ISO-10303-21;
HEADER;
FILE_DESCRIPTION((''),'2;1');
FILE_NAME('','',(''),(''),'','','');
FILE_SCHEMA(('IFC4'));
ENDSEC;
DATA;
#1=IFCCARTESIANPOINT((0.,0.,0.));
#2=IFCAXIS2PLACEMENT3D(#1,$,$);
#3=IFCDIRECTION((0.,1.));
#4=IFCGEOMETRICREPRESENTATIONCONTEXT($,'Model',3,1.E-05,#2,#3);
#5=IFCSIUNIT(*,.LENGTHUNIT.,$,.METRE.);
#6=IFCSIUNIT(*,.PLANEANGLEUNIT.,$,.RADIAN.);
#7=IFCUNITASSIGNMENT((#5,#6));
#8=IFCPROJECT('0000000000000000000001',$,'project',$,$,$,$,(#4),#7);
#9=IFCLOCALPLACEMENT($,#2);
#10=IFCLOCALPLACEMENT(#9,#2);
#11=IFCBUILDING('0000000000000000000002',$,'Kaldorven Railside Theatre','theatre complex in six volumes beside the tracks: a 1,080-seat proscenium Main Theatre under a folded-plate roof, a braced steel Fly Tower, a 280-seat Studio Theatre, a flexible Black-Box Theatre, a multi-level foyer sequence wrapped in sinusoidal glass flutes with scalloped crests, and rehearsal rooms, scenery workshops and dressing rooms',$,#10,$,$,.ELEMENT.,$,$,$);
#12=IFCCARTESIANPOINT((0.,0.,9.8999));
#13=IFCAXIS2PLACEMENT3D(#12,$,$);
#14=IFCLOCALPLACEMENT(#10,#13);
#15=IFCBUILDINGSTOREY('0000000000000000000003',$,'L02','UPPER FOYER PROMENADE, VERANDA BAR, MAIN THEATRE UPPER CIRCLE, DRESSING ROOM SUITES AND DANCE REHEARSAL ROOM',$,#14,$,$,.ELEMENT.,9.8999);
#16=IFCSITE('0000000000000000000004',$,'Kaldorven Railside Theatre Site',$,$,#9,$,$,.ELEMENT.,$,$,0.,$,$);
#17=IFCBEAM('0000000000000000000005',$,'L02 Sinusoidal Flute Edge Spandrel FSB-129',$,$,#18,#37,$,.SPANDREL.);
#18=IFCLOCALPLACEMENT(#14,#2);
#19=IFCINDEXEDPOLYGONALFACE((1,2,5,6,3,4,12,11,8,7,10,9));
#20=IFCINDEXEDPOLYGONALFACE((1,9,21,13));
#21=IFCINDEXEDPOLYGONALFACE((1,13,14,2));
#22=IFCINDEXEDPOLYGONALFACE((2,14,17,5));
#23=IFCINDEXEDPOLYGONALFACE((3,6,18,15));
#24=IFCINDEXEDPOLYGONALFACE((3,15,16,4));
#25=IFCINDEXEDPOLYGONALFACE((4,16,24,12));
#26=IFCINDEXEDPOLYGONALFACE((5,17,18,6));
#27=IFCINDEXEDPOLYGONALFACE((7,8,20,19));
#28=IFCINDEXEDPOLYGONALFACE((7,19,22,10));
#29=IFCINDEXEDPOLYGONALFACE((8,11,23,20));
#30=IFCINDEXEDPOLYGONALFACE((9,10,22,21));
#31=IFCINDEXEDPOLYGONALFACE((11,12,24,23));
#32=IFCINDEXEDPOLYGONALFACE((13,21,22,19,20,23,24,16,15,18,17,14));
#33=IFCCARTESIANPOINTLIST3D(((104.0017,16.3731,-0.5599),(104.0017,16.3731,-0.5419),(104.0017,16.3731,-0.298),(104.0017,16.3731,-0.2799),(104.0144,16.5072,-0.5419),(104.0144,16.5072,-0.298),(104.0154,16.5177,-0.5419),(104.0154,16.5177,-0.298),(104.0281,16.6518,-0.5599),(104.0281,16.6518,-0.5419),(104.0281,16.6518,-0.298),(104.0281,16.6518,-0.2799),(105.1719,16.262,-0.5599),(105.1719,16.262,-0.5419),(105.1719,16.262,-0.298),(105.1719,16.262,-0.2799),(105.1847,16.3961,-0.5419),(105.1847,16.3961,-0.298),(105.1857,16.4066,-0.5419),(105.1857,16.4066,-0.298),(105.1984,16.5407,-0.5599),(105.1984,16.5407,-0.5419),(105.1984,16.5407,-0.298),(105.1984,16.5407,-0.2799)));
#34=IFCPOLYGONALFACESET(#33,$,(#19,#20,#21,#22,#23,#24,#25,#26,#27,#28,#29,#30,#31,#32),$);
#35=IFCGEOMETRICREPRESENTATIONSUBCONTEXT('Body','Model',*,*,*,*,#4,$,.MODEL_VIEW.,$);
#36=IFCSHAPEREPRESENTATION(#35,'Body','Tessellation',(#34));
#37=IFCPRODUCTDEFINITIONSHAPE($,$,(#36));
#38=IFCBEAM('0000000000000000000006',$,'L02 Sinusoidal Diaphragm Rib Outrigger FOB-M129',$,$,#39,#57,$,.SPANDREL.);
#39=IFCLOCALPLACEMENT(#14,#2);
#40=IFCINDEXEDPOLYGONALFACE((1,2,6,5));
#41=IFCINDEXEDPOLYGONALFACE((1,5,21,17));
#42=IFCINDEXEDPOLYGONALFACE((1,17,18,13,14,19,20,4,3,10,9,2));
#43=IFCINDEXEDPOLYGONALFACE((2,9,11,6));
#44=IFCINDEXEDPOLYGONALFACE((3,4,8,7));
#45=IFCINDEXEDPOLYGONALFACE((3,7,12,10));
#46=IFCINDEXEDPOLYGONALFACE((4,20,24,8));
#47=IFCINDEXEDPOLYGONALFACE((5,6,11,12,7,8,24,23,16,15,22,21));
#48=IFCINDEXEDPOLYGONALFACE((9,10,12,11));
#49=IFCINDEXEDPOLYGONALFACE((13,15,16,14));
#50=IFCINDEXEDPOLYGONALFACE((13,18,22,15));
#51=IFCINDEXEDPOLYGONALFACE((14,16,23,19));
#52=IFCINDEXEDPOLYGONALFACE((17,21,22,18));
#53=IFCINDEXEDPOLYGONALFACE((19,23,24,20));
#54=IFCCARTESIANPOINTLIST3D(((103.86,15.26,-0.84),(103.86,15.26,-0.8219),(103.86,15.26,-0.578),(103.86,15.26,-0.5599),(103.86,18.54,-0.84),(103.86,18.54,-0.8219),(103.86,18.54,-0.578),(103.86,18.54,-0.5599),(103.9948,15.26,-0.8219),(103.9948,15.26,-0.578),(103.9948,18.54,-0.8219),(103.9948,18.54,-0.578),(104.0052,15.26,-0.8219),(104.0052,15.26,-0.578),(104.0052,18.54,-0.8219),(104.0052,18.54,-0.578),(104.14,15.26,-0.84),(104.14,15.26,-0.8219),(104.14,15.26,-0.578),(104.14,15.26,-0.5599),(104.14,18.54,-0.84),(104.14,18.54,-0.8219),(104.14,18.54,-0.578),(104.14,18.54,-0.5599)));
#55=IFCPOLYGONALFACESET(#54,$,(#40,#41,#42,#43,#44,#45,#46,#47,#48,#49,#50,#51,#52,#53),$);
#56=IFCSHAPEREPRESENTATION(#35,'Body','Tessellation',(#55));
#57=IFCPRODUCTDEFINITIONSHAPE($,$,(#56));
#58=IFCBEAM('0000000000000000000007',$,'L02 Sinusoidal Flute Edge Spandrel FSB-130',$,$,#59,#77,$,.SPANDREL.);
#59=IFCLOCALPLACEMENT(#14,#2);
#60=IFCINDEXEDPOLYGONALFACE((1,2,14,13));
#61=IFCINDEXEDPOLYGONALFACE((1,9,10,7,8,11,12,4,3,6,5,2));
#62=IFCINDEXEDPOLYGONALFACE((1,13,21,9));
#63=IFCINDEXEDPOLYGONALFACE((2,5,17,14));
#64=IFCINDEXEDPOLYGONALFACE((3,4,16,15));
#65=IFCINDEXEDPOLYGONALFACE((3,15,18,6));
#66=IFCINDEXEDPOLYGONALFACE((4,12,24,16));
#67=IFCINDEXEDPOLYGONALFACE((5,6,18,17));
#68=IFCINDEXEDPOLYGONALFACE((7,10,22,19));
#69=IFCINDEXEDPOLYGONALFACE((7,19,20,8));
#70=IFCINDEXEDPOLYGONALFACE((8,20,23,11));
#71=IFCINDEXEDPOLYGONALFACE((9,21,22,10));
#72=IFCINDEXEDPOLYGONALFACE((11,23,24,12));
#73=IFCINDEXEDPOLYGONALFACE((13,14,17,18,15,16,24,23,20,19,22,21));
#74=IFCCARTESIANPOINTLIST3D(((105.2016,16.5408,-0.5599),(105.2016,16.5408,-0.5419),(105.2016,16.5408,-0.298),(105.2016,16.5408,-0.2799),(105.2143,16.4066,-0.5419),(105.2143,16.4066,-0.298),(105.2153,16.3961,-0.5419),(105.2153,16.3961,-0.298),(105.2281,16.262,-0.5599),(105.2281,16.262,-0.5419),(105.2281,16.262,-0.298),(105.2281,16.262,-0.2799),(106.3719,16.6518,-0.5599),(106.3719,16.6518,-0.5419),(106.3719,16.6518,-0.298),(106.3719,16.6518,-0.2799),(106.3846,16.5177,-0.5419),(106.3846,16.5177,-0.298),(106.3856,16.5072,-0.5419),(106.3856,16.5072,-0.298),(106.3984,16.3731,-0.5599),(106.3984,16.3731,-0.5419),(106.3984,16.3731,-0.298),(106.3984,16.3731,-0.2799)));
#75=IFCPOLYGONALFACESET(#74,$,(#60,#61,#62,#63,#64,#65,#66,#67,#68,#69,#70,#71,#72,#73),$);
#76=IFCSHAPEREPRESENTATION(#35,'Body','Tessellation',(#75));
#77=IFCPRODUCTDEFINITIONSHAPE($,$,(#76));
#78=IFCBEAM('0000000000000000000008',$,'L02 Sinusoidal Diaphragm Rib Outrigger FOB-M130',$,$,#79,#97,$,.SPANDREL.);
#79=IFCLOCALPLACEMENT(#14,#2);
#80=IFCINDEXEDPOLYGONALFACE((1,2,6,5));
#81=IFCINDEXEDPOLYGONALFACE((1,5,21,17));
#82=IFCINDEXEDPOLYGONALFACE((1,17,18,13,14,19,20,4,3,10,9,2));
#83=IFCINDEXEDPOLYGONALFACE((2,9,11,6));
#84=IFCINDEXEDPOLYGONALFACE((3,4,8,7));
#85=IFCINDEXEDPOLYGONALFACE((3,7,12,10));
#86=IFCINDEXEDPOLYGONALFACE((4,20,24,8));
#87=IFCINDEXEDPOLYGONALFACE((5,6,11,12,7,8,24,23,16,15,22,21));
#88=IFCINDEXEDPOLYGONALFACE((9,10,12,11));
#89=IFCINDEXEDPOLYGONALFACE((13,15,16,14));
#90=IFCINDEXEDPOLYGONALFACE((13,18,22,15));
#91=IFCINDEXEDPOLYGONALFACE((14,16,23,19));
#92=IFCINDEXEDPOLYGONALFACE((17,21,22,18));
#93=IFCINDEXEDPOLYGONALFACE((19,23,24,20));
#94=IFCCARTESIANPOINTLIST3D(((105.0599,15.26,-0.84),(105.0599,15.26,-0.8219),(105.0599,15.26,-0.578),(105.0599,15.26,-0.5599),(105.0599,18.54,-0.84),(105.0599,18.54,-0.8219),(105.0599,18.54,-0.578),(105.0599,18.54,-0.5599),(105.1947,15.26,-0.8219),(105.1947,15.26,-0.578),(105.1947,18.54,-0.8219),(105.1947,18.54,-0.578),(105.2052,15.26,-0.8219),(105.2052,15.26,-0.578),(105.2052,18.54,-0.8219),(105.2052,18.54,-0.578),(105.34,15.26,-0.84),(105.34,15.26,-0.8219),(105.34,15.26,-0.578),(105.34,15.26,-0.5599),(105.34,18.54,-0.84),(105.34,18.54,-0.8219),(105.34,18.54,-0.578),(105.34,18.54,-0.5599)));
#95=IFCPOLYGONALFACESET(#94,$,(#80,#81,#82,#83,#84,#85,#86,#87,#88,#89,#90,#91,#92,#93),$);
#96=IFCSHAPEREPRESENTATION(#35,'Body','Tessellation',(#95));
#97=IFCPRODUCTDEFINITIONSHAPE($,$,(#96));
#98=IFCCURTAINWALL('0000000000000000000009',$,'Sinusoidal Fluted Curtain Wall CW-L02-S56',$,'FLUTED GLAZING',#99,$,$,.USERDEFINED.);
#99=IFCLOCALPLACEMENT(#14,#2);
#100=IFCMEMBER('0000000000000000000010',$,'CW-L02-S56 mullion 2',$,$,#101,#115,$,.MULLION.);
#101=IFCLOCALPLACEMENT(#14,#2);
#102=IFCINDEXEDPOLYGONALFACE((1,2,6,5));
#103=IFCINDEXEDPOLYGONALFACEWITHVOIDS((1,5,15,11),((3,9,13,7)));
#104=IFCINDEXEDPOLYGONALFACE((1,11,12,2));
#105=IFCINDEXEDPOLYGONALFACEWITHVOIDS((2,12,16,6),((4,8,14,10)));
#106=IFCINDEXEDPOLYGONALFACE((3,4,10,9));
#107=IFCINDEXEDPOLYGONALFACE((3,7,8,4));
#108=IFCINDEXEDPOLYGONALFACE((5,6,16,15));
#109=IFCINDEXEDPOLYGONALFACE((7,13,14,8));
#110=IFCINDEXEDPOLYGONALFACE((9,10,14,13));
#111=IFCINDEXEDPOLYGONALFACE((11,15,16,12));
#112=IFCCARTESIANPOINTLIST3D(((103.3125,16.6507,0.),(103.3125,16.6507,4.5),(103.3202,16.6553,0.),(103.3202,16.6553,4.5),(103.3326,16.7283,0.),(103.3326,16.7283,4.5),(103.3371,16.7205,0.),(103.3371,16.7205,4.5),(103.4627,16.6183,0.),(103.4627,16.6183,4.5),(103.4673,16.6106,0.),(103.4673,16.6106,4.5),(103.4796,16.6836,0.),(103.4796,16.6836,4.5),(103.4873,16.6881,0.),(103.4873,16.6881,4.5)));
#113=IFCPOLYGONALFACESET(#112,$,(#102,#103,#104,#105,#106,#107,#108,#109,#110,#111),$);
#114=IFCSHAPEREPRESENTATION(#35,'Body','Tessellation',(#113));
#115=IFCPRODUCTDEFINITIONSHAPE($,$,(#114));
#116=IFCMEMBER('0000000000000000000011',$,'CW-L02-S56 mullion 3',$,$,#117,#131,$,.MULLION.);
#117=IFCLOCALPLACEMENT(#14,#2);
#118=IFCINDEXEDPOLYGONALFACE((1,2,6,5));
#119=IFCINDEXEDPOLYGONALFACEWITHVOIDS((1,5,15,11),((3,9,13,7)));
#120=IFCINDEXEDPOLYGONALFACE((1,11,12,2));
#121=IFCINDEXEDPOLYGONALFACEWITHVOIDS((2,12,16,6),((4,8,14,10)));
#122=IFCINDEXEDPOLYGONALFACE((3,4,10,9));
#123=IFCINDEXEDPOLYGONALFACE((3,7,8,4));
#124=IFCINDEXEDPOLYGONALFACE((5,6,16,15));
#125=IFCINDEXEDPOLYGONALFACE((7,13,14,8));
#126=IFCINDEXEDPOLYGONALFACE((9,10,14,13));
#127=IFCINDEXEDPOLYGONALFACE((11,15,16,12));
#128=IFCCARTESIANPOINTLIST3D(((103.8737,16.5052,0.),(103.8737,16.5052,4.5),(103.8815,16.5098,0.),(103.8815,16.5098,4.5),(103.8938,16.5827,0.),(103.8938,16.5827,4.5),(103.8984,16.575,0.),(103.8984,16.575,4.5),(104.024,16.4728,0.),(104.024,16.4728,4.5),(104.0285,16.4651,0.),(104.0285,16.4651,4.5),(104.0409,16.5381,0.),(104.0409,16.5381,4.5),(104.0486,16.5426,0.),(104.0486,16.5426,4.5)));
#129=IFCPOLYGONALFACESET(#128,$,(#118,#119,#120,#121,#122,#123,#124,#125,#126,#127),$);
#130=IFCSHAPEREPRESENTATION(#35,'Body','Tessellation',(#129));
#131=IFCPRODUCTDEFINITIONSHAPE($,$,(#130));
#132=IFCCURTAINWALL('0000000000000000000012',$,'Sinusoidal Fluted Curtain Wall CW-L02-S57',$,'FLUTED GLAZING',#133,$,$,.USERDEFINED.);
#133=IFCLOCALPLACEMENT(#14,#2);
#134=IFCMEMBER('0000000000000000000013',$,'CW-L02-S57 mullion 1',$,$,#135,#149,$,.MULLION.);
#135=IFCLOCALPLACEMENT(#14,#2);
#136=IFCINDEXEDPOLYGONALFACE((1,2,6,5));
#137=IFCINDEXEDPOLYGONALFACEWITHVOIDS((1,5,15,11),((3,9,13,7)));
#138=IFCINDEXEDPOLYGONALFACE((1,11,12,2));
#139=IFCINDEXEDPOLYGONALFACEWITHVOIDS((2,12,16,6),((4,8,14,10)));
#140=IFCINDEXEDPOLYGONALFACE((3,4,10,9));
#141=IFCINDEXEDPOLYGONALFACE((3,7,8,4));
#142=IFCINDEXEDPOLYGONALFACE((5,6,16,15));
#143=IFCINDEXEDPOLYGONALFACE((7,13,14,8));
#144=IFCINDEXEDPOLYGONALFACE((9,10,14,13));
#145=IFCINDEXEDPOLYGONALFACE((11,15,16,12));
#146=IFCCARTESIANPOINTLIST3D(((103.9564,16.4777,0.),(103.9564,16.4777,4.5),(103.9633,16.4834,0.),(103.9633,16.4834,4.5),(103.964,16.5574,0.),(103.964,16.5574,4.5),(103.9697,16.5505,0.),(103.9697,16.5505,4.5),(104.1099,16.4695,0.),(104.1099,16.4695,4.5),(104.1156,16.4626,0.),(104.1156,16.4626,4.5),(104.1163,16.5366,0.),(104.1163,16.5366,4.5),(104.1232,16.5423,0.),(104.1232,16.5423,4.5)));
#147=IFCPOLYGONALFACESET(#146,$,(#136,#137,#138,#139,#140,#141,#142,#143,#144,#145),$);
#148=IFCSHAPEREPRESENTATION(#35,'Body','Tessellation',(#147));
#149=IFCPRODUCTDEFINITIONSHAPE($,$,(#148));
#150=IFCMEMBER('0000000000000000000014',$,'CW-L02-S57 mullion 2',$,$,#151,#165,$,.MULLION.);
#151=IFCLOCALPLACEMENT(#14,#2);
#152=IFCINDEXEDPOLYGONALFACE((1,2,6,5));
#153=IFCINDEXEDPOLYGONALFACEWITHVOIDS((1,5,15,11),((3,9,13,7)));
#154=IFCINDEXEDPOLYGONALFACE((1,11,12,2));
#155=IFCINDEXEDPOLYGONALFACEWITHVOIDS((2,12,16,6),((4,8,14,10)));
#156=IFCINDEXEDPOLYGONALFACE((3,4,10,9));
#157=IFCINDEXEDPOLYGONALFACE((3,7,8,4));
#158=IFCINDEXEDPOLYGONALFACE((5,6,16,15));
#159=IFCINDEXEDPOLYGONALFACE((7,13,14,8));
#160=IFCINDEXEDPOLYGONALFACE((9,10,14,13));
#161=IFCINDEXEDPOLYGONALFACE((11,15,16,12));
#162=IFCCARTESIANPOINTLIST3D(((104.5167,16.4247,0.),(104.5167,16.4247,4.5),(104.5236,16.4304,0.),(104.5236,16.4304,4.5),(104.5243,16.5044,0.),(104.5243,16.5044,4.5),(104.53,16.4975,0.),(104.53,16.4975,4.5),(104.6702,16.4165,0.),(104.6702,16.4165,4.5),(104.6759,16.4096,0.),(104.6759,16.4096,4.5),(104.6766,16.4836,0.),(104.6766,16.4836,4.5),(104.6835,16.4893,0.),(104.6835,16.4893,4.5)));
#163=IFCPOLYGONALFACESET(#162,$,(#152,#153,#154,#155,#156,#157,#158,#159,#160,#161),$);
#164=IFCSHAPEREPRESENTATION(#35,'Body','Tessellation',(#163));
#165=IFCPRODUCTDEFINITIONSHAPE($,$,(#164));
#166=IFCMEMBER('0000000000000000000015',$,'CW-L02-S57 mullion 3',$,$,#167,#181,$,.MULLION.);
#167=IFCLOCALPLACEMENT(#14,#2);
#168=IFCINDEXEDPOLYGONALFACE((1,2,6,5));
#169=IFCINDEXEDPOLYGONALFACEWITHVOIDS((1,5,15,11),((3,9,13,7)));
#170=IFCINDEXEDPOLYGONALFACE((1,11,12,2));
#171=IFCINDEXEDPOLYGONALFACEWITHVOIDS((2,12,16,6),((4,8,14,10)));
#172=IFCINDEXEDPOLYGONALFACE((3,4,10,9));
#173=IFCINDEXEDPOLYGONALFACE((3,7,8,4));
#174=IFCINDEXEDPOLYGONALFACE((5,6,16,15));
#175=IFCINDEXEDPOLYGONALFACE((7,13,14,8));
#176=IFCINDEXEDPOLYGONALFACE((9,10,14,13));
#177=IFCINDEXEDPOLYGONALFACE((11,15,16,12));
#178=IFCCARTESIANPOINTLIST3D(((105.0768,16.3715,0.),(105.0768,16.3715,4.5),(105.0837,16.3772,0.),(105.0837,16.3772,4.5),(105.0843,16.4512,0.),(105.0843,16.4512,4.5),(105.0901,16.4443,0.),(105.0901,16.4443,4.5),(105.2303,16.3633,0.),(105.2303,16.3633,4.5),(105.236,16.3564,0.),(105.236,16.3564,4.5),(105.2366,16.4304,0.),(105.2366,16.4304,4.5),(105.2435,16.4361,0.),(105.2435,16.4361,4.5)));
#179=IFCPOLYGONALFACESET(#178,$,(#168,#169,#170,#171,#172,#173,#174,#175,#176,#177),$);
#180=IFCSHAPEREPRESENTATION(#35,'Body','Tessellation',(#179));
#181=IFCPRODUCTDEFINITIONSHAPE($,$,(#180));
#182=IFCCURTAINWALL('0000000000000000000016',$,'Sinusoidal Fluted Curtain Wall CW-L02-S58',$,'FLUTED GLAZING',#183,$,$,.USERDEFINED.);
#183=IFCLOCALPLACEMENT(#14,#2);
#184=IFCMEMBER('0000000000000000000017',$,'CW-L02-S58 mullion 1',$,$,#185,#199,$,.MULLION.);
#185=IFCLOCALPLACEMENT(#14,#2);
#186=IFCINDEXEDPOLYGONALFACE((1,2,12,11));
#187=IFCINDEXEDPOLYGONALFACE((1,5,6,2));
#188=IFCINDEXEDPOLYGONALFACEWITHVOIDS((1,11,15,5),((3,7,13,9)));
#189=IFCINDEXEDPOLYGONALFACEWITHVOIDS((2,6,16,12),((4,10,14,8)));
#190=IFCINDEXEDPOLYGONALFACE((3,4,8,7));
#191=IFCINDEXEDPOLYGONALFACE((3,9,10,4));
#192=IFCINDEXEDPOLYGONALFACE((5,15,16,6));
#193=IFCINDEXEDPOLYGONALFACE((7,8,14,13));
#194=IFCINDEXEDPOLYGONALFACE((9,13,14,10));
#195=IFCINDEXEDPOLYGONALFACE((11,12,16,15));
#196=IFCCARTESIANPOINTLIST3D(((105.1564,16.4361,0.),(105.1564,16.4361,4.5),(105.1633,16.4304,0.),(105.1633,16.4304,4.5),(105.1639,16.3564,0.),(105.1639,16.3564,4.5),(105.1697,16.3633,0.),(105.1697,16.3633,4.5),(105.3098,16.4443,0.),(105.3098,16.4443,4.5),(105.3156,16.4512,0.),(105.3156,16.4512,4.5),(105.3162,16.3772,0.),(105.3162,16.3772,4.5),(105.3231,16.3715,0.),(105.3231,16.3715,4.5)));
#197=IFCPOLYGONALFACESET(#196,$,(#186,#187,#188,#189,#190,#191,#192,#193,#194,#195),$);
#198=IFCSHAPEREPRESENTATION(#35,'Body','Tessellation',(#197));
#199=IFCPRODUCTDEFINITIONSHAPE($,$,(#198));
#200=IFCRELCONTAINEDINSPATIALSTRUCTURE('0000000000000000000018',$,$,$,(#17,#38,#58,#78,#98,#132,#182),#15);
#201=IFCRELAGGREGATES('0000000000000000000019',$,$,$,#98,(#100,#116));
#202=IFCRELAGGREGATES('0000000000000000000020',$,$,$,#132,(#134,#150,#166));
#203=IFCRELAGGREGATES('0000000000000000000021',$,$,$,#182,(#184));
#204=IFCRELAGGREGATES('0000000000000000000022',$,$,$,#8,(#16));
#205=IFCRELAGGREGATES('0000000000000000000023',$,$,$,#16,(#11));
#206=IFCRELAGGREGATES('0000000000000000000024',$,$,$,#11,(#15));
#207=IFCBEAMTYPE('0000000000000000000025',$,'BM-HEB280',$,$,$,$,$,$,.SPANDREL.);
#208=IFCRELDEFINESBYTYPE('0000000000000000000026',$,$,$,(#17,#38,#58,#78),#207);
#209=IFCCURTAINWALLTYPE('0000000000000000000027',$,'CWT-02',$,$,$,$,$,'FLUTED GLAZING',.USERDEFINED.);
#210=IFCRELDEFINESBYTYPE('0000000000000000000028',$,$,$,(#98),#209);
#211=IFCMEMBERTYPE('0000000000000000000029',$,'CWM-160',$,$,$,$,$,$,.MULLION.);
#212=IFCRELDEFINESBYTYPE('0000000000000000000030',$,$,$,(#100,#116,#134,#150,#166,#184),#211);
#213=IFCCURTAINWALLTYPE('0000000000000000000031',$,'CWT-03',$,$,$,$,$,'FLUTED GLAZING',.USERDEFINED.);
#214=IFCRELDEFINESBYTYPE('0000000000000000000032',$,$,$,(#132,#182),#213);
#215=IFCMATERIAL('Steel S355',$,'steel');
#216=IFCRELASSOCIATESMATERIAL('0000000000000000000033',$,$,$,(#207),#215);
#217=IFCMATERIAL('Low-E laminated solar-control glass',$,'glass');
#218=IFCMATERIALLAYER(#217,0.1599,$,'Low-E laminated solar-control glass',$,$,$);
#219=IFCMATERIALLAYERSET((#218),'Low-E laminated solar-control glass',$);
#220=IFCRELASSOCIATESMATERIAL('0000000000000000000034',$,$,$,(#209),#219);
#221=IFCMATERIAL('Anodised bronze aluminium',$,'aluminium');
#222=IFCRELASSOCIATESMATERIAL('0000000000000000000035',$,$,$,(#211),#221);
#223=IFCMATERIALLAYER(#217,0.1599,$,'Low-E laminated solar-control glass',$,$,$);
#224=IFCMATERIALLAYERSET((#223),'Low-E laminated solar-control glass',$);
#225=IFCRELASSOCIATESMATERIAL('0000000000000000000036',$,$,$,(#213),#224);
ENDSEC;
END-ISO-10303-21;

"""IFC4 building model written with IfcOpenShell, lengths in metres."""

from ifc_helpers import new_model, si_unit, direction, frame, origin, origin_2d, place, context, subcontext, project, spatial, hollow_rectangle, i_section, extrude, material, layer, layer_set, material_profile, profile_set, type_object, element, aggregate, save


model = new_model("IFC4")

# Units and contexts
model_context = context("Model", 3, precision=1e-05, world=origin(), true_north=direction((0.0, 1.0)))
body_context = subcontext(model_context, "Body", "Model", "MODEL_VIEW")
ifc_project = project(units=[si_unit("LENGTHUNIT", "METRE"), si_unit("PLANEANGLEUNIT", "RADIAN")], contexts=[model_context])

# Site, building, storey
site_placement = place(None, origin())
site = spatial("IfcSite", under=ifc_project, at=site_placement, Name="Kaldorven Railside Theatre Site", CompositionType="ELEMENT", RefElevation=0.0)
building_placement = place(site_placement, origin())
building = spatial("IfcBuilding", under=site, at=building_placement, Name="Kaldorven Railside Theatre", Description="theatre complex in six volumes beside the tracks: a 1,080-seat proscenium Main Theatre under a folded-plate roof, a braced steel Fly Tower, a 280-seat Studio Theatre, a flexible Black-Box Theatre, a multi-level foyer sequence wrapped in sinusoidal glass flutes with scalloped crests, and rehearsal rooms, scenery workshops and dressing rooms", CompositionType="ELEMENT")
storey_placement = place(building_placement, frame((0.0, 0.0, 9.8999)))
storey = spatial("IfcBuildingStorey", under=building, at=storey_placement, Name="L02", Description="UPPER FOYER PROMENADE, VERANDA BAR, MAIN THEATRE UPPER CIRCLE, DRESSING ROOM SUITES AND DANCE REHEARSAL ROOM", CompositionType="ELEMENT", Elevation=9.8999)

# Beams
ifc_material_1 = material(Name="Steel S355", Category="steel")
ifc_material_profile_1 = material_profile(ifc_material_1, i_section(OverallWidth=0.28, OverallDepth=0.28, WebThickness=0.0105, FlangeThickness=0.0181, at=origin_2d()), Name="HEB 280")
ifc_profile_set_1 = profile_set([ifc_material_profile_1], Name="Steel S355")
beam_type = type_object("IfcBeamType", Name="BM-HEB280", PredefinedType="SPANDREL", material=ifc_profile_set_1)
beam_1_placement = place(storey_placement, frame((104.0149, 16.5125, -0.4199), z_axis=(0.995524, -0.094505, 0.0), x_axis=(0.094505, 0.995524, 0.0)))
element("IfcBeam", 1, at=beam_1_placement, inside=storey, type_object=beam_type, Name="L02 Sinusoidal Flute Edge Spandrel FSB-129", PredefinedType="SPANDREL", context=body_context, shape_type="SweptSolid", body=[
    extrude(i_section(OverallWidth=0.28, OverallDepth=0.28, WebThickness=0.0105, FlangeThickness=0.0181, at=origin_2d()), origin(), (0.0, 0.0, 1.0), 1.1755),
])
beam_2_placement = place(storey_placement, frame((104.0, 15.26, -0.7), z_axis=(0.0, 1.0, 0.0), x_axis=(-1.0, 0.0, 0.0)))
element("IfcBeam", 2, at=beam_2_placement, inside=storey, type_object=beam_type, Name="L02 Sinusoidal Diaphragm Rib Outrigger FOB-M129", PredefinedType="SPANDREL", context=body_context, shape_type="SweptSolid", body=[
    extrude(i_section(OverallWidth=0.28, OverallDepth=0.28, WebThickness=0.0105, FlangeThickness=0.0181, at=origin_2d()), origin(), (0.0, 0.0, 1.0), 3.28),
])
beam_3_placement = place(storey_placement, frame((105.2148, 16.4014, -0.4199), z_axis=(0.995524, 0.094505, 0.0), x_axis=(-0.094505, 0.995524, 0.0)))
element("IfcBeam", 3, at=beam_3_placement, inside=storey, type_object=beam_type, Name="L02 Sinusoidal Flute Edge Spandrel FSB-130", PredefinedType="SPANDREL", context=body_context, shape_type="SweptSolid", body=[
    extrude(i_section(OverallWidth=0.28, OverallDepth=0.28, WebThickness=0.0105, FlangeThickness=0.0181, at=origin_2d()), origin(), (0.0, 0.0, 1.0), 1.1755),
])
beam_4_placement = place(storey_placement, frame((105.2, 15.26, -0.7), z_axis=(0.0, 1.0, 0.0), x_axis=(-1.0, 0.0, 0.0)))
element("IfcBeam", 4, at=beam_4_placement, inside=storey, type_object=beam_type, Name="L02 Sinusoidal Diaphragm Rib Outrigger FOB-M130", PredefinedType="SPANDREL", context=body_context, shape_type="SweptSolid", body=[
    extrude(i_section(OverallWidth=0.28, OverallDepth=0.28, WebThickness=0.0105, FlangeThickness=0.0181, at=origin_2d()), origin(), (0.0, 0.0, 1.0), 3.28),
])

# Curtain walls, members
ifc_material_2 = material(Name="Low-E laminated solar-control glass", Category="glass")
ifc_layer_1 = layer(ifc_material_2, 0.1599, Name="Low-E laminated solar-control glass")
ifc_layer_set_1 = layer_set([ifc_layer_1], Name="Low-E laminated solar-control glass")
curtain_wall_type_1 = type_object("IfcCurtainWallType", Name="CWT-02", ElementType="FLUTED GLAZING", PredefinedType="USERDEFINED", material=ifc_layer_set_1)
curtain_wall_1_placement = place(storey_placement, origin())
curtain_wall_1 = element("IfcCurtainWall", 5, at=curtain_wall_1_placement, inside=storey, type_object=curtain_wall_type_1, Name="Sinusoidal Fluted Curtain Wall CW-L02-S56", ObjectType="FLUTED GLAZING", PredefinedType="USERDEFINED")
ifc_material_3 = material(Name="Anodised bronze aluminium", Category="aluminium")
ifc_material_profile_2 = material_profile(ifc_material_3, hollow_rectangle(XDim=0.0801, YDim=0.1599, WallThickness=0.0063, at=origin_2d()), Name="RHS 160x80x6.3")
ifc_profile_set_2 = profile_set([ifc_material_profile_2], Name="Anodised bronze aluminium")
member_type_1 = type_object("IfcMemberType", Name="CWM-160", PredefinedType="MULLION", material=ifc_profile_set_2)
member_1_placement = place(storey_placement, frame((103.3999, 16.6694, 0.0), z_axis=(0.0, 0.0, 1.0), x_axis=(0.250954, 0.967999, 0.0)))
member_1 = element("IfcMember", 6, at=member_1_placement, type_object=member_type_1, Name="CW-L02-S56 mullion 2", PredefinedType="MULLION", context=body_context, shape_type="SweptSolid", body=[
    extrude(hollow_rectangle(XDim=0.0801, YDim=0.1599, WallThickness=0.0063, at=origin_2d()), origin(), (0.0, 0.0, 1.0), 4.5),
])
member_2_placement = place(storey_placement, frame((103.9612, 16.5239, 0.0), z_axis=(0.0, 0.0, 1.0), x_axis=(0.250954, 0.967999, 0.0)))
member_2 = element("IfcMember", 7, at=member_2_placement, type_object=member_type_1, Name="CW-L02-S56 mullion 3", PredefinedType="MULLION", context=body_context, shape_type="SweptSolid", body=[
    extrude(hollow_rectangle(XDim=0.0801, YDim=0.1599, WallThickness=0.0063, at=origin_2d()), origin(), (0.0, 0.0, 1.0), 4.5),
])
ifc_layer_2 = layer(ifc_material_2, 0.1599, Name="Low-E laminated solar-control glass")
ifc_layer_set_2 = layer_set([ifc_layer_2], Name="Low-E laminated solar-control glass")
curtain_wall_type_2 = type_object("IfcCurtainWallType", Name="CWT-03", ElementType="FLUTED GLAZING", PredefinedType="USERDEFINED", material=ifc_layer_set_2)
curtain_wall_2_placement = place(storey_placement, origin())
curtain_wall_2 = element("IfcCurtainWall", 8, at=curtain_wall_2_placement, inside=storey, type_object=curtain_wall_type_2, Name="Sinusoidal Fluted Curtain Wall CW-L02-S57", ObjectType="FLUTED GLAZING", PredefinedType="USERDEFINED")
member_3_placement = place(storey_placement, frame((104.0398, 16.51, 0.0), z_axis=(0.0, 0.0, 1.0), x_axis=(0.094492, 0.995526, 0.0)))
member_3 = element("IfcMember", 9, at=member_3_placement, type_object=member_type_1, Name="CW-L02-S57 mullion 1", PredefinedType="MULLION", context=body_context, shape_type="SweptSolid", body=[
    extrude(hollow_rectangle(XDim=0.0801, YDim=0.1599, WallThickness=0.0063, at=origin_2d()), origin(), (0.0, 0.0, 1.0), 4.5),
])
member_4_placement = place(storey_placement, frame((104.6001, 16.457, 0.0), z_axis=(0.0, 0.0, 1.0), x_axis=(0.094492, 0.995526, 0.0)))
member_4 = element("IfcMember", 10, at=member_4_placement, type_object=member_type_1, Name="CW-L02-S57 mullion 2", PredefinedType="MULLION", context=body_context, shape_type="SweptSolid", body=[
    extrude(hollow_rectangle(XDim=0.0801, YDim=0.1599, WallThickness=0.0063, at=origin_2d()), origin(), (0.0, 0.0, 1.0), 4.5),
])
member_5_placement = place(storey_placement, frame((105.1602, 16.4038, 0.0), z_axis=(0.0, 0.0, 1.0), x_axis=(0.094492, 0.995526, 0.0)))
member_5 = element("IfcMember", 11, at=member_5_placement, type_object=member_type_1, Name="CW-L02-S57 mullion 3", PredefinedType="MULLION", context=body_context, shape_type="SweptSolid", body=[
    extrude(hollow_rectangle(XDim=0.0801, YDim=0.1599, WallThickness=0.0063, at=origin_2d()), origin(), (0.0, 0.0, 1.0), 4.5),
])
curtain_wall_3_placement = place(storey_placement, origin())
curtain_wall_3 = element("IfcCurtainWall", 12, at=curtain_wall_3_placement, inside=storey, type_object=curtain_wall_type_2, Name="Sinusoidal Fluted Curtain Wall CW-L02-S58", ObjectType="FLUTED GLAZING", PredefinedType="USERDEFINED")
member_6_placement = place(storey_placement, frame((105.2397, 16.4038, 0.0), z_axis=(0.0, 0.0, 1.0), x_axis=(-0.094492, 0.995526, 0.0)))
member_6 = element("IfcMember", 13, at=member_6_placement, type_object=member_type_1, Name="CW-L02-S58 mullion 1", PredefinedType="MULLION", context=body_context, shape_type="SweptSolid", body=[
    extrude(hollow_rectangle(XDim=0.0801, YDim=0.1599, WallThickness=0.0063, at=origin_2d()), origin(), (0.0, 0.0, 1.0), 4.5),
])

aggregate(curtain_wall_1, [member_1, member_2])
aggregate(curtain_wall_2, [member_3, member_4, member_5])
aggregate(curtain_wall_3, [member_6])

save(model, "model.ifc")
